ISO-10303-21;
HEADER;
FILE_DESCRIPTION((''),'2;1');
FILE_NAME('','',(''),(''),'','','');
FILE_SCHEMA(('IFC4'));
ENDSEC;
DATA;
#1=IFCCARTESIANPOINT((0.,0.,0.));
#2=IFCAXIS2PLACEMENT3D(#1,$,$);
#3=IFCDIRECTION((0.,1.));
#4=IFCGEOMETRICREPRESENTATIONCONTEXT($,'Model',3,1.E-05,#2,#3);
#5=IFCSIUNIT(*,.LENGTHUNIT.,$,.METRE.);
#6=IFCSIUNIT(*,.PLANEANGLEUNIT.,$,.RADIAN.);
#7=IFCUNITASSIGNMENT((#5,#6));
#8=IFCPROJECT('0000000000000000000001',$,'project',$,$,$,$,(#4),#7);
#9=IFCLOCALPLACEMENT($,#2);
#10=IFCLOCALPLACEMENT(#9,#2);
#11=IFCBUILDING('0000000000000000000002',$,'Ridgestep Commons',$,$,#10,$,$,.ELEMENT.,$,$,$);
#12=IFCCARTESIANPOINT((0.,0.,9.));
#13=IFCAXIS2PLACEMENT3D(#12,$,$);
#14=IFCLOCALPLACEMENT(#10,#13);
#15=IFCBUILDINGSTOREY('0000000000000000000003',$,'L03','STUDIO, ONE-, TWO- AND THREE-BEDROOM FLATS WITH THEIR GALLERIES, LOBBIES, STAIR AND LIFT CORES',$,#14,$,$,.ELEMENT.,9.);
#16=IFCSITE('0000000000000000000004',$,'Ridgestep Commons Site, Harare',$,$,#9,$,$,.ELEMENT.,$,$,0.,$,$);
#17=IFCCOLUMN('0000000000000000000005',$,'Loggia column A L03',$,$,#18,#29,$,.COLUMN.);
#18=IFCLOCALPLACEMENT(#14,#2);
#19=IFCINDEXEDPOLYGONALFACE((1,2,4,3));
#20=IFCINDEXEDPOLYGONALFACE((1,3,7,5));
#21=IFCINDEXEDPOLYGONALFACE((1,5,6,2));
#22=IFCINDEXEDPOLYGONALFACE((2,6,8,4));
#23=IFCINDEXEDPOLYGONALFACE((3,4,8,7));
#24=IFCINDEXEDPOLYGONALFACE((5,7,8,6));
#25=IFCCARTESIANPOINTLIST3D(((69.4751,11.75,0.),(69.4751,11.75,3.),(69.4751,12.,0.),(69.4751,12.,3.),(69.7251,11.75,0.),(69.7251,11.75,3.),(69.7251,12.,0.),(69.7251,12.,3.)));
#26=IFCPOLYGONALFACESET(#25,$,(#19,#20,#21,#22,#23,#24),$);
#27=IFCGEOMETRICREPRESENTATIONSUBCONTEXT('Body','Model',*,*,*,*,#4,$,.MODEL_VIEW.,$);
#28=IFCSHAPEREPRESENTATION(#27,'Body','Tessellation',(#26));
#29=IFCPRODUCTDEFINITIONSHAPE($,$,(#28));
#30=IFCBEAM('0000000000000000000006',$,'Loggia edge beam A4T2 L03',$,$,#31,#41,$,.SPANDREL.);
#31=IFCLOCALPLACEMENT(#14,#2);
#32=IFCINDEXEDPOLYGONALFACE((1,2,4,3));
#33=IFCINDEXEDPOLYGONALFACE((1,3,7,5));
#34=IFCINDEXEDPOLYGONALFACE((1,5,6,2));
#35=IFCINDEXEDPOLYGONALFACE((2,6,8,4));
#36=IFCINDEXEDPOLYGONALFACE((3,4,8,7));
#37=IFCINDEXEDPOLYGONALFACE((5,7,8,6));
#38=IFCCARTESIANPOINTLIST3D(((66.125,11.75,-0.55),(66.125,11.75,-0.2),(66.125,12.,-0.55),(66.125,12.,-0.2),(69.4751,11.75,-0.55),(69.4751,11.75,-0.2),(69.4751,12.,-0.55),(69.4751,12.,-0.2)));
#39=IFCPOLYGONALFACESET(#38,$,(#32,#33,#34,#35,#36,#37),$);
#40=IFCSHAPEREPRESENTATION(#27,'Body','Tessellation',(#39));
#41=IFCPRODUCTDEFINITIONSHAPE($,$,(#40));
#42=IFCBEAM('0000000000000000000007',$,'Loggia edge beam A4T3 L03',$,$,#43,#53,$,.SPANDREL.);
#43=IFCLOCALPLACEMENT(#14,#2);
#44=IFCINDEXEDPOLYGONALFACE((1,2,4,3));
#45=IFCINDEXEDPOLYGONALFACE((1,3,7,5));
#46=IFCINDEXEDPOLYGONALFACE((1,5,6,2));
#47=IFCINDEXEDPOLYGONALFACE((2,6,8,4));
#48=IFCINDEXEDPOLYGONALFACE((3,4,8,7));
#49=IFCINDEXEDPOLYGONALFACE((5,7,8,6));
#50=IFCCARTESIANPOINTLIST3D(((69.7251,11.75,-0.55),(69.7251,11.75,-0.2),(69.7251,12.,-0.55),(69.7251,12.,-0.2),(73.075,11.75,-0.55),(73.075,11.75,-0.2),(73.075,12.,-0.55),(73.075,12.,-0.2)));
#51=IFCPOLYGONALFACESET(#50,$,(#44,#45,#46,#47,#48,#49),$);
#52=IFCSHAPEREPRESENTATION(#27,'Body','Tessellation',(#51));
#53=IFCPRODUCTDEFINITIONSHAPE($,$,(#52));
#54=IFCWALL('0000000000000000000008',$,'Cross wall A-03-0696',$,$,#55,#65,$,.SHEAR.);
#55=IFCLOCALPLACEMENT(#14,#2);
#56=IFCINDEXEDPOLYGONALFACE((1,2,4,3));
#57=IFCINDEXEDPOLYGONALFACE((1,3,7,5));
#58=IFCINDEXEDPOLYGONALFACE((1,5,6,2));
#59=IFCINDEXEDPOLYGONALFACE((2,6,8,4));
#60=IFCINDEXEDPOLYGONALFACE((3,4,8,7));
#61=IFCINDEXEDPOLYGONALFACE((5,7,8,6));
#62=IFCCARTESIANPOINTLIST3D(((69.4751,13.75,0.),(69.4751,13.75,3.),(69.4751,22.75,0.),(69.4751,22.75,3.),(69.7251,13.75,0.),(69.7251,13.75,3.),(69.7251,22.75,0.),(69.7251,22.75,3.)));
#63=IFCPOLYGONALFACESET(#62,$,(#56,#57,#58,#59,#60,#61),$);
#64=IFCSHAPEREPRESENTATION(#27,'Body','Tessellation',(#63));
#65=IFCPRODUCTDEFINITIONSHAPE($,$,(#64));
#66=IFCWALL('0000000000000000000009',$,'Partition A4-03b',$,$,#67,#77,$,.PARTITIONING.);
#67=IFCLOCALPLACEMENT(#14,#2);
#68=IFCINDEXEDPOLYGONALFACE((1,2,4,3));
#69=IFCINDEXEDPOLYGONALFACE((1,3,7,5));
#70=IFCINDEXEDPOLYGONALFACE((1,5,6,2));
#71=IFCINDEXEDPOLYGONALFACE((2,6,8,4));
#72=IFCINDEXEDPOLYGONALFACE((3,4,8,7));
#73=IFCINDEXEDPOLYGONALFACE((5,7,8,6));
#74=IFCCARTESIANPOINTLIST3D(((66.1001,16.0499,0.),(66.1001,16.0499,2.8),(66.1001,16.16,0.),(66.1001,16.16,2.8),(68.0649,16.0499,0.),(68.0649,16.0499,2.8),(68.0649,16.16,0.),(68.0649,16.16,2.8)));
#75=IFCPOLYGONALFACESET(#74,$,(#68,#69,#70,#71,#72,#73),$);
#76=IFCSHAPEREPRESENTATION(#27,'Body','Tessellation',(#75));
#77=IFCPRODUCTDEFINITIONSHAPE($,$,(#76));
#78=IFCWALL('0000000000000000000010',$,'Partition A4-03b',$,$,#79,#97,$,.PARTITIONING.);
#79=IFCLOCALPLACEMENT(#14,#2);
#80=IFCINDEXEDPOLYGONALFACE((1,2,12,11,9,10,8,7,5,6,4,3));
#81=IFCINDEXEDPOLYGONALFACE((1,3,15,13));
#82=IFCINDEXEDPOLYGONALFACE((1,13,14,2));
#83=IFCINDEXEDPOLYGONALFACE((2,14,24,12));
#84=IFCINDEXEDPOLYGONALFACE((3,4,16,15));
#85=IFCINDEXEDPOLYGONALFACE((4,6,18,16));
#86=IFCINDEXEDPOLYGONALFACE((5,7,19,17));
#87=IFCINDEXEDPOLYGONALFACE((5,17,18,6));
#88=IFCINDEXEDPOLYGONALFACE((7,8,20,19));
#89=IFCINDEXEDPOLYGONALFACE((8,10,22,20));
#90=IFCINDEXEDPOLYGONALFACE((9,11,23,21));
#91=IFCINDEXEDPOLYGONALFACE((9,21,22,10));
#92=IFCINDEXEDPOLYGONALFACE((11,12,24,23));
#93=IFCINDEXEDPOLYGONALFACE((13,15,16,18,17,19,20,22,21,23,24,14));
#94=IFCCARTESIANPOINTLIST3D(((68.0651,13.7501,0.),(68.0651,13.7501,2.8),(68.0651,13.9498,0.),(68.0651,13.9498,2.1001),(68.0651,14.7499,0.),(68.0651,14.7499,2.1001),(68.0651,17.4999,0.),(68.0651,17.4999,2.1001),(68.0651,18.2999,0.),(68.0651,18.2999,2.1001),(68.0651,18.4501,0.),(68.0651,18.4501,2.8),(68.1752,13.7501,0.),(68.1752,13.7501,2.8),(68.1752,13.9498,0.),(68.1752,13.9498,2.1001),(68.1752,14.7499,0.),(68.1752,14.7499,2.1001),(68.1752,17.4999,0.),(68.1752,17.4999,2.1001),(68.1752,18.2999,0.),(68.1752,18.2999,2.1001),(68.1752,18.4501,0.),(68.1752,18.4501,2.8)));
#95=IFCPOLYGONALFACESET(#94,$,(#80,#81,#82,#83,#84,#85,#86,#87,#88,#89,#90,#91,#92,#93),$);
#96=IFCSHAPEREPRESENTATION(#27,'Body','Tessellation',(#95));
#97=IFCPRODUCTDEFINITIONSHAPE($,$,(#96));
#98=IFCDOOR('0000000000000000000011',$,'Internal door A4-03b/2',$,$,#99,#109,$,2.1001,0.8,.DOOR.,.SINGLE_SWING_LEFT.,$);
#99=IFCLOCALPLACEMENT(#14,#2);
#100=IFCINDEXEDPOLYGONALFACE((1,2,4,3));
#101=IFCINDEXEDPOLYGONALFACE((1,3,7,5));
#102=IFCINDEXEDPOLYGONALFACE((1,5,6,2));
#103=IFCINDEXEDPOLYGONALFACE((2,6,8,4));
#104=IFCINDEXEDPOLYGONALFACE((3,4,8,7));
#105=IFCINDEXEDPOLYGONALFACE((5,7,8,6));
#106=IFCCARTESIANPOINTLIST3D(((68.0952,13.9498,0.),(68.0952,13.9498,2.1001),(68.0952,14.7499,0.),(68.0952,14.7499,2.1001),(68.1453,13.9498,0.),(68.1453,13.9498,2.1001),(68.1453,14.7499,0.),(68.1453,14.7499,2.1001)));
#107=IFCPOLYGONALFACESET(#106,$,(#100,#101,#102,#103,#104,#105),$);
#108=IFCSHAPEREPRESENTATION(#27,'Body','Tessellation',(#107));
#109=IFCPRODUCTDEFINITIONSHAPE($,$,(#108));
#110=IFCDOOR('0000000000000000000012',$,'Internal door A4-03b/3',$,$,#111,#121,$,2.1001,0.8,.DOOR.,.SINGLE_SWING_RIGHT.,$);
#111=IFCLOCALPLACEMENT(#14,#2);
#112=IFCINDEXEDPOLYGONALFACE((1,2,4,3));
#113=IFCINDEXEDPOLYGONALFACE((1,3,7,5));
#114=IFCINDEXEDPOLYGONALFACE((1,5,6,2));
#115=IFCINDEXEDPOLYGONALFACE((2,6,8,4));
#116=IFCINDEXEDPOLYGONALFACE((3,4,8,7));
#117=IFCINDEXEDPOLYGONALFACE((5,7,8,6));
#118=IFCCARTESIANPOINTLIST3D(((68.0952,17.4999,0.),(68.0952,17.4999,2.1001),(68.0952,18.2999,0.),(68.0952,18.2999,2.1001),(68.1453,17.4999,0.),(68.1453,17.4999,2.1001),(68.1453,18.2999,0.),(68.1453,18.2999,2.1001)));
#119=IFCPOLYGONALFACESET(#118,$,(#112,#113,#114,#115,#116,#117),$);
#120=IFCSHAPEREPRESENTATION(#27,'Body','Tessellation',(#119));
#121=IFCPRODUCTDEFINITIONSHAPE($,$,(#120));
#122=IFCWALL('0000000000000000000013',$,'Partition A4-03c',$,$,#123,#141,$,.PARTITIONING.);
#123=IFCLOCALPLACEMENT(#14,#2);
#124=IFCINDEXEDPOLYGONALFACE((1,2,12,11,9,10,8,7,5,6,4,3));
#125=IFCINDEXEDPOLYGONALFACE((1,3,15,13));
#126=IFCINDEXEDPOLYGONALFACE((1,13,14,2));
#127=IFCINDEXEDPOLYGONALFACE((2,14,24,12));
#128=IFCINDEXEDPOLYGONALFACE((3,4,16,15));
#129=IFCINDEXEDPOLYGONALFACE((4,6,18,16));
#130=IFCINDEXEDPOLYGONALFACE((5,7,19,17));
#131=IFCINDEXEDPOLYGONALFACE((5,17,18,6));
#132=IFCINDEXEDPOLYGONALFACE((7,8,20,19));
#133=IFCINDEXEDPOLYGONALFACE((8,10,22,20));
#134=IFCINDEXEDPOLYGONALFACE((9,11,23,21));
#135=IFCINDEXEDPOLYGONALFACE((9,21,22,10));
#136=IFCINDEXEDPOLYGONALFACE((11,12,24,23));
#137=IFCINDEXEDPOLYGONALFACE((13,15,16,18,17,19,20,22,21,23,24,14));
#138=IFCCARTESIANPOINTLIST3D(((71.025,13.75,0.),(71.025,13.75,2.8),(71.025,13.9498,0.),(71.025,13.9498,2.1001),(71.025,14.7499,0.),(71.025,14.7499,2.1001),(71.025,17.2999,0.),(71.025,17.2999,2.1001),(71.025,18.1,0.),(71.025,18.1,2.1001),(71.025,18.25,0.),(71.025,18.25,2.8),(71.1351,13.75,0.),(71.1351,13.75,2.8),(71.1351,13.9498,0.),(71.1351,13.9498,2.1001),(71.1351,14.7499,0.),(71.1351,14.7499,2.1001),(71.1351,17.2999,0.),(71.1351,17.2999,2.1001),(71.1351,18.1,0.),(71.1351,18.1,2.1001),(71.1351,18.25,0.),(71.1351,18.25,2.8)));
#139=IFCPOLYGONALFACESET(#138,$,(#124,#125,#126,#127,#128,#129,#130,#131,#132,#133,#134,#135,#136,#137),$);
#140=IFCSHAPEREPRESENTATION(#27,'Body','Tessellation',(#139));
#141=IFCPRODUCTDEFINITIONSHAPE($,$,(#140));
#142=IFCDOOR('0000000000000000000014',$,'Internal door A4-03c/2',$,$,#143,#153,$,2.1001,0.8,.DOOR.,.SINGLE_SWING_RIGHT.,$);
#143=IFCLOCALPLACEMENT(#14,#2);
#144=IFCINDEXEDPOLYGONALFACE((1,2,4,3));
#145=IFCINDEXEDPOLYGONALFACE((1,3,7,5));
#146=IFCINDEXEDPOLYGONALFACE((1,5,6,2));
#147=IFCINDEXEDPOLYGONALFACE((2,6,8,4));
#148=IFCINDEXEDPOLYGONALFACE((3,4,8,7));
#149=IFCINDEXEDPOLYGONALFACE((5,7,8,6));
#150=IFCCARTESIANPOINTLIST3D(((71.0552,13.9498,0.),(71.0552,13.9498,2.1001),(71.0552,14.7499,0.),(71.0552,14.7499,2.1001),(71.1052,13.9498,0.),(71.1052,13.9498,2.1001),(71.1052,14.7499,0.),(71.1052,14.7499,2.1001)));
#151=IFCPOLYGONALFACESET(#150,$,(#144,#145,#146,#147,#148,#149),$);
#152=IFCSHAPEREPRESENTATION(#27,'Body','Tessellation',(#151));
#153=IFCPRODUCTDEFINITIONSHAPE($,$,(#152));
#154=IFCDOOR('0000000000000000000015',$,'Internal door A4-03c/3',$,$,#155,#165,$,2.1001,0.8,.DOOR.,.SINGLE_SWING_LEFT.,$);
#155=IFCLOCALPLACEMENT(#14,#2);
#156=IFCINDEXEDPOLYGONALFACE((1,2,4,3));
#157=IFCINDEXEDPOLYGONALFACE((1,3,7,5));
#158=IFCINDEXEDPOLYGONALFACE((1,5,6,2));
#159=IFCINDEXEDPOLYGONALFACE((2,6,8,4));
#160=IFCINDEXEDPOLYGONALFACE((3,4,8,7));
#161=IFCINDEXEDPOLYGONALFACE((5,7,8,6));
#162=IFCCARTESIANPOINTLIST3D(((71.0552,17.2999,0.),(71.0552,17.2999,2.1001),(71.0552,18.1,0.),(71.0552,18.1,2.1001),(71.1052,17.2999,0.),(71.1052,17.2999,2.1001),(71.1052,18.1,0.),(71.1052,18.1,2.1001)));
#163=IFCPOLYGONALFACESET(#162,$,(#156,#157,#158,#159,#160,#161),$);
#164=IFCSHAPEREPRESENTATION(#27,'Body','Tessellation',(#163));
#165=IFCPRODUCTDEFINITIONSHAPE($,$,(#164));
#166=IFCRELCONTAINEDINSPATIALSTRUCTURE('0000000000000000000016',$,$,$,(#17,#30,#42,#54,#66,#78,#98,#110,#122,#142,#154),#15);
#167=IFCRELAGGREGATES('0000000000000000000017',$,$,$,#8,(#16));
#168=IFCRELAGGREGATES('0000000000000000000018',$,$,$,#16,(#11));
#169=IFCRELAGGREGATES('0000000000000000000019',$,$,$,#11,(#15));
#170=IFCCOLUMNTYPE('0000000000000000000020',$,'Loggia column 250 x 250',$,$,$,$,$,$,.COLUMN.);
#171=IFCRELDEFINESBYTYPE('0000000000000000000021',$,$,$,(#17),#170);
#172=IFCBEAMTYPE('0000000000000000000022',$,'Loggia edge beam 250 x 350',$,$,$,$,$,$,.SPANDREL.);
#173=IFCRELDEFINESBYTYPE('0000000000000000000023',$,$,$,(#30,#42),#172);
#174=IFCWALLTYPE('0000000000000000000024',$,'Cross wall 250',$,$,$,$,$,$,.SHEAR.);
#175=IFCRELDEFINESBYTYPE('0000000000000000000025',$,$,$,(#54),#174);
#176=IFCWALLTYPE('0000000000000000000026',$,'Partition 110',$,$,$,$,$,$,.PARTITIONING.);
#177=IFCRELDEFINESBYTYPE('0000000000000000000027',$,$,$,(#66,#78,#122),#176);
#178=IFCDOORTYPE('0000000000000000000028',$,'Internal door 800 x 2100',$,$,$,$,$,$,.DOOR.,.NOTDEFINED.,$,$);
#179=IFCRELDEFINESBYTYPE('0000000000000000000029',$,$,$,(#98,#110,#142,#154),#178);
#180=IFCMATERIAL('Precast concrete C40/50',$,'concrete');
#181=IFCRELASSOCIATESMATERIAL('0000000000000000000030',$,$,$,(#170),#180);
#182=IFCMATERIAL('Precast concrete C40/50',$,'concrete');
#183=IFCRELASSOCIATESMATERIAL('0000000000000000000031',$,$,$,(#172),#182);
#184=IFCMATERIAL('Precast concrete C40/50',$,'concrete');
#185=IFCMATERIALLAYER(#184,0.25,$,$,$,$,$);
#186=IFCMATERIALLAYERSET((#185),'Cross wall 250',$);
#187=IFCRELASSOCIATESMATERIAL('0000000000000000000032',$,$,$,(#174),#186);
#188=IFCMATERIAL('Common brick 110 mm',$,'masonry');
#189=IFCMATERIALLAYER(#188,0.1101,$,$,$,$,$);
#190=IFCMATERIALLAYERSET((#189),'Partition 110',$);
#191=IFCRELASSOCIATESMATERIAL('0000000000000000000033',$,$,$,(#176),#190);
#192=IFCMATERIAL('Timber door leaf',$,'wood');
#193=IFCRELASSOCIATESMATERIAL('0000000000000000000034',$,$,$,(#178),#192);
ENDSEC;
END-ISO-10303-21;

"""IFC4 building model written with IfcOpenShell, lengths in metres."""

from ifc_helpers import new_model, si_unit, direction, frame, frame_2d, origin, origin_2d, place, context, subcontext, project, spatial, rectangle, extrude, material, layer, layer_set, material_profile, profile_set, type_object, element, fill, save


model = new_model("IFC4")

# Units and contexts
model_context = context("Model", 3, precision=1e-05, world=origin(), true_north=direction((0.0, 1.0)))
body_context = subcontext(model_context, "Body", "Model", "MODEL_VIEW")
ifc_project = project(units=[si_unit("LENGTHUNIT", "METRE"), si_unit("PLANEANGLEUNIT", "RADIAN")], contexts=[model_context])

# Site, building, storey
site_placement = place(None, origin())
site = spatial("IfcSite", under=ifc_project, at=site_placement, Name="Ridgestep Commons Site, Harare", CompositionType="ELEMENT", RefElevation=0.0)
building_placement = place(site_placement, origin())
building = spatial("IfcBuilding", under=site, at=building_placement, Name="Ridgestep Commons", CompositionType="ELEMENT")
storey_placement = place(building_placement, frame((0.0, 0.0, 9.0)))
storey = spatial("IfcBuildingStorey", under=building, at=storey_placement, Name="L03", Description="STUDIO, ONE-, TWO- AND THREE-BEDROOM FLATS WITH THEIR GALLERIES, LOBBIES, STAIR AND LIFT CORES", CompositionType="ELEMENT", Elevation=9.0)

# Column
ifc_material_1 = material(Name="Precast concrete C40/50", Category="concrete")
ifc_material_profile_1 = material_profile(ifc_material_1, rectangle(XDim=0.25, YDim=0.25, at=origin_2d()), Name="PC 250x250")
ifc_profile_set_1 = profile_set([ifc_material_profile_1], Name="Precast concrete C40/50")
column_type = type_object("IfcColumnType", Name="Loggia column 250 x 250", PredefinedType="COLUMN", material=ifc_profile_set_1)
column_placement = place(storey_placement, frame((69.6001, 11.875, 0.0), z_axis=(0.0, 0.0, 1.0), x_axis=(1.0, 0.0, 0.0)))
element("IfcColumn", 1, at=column_placement, inside=storey, type_object=column_type, Name="Loggia column A L03", PredefinedType="COLUMN", context=body_context, shape_type="SweptSolid", body=[
    extrude(rectangle(XDim=0.25, YDim=0.25, at=origin_2d()), origin(), (0.0, 0.0, 1.0), 3.0),
])

# Beams
ifc_material_2 = material(Name="Precast concrete C40/50", Category="concrete")
ifc_material_profile_2 = material_profile(ifc_material_2, rectangle(XDim=0.25, YDim=0.3501, at=origin_2d()), Name="PC 250x350")
ifc_profile_set_2 = profile_set([ifc_material_profile_2], Name="Precast concrete C40/50")
beam_type = type_object("IfcBeamType", Name="Loggia edge beam 250 x 350", PredefinedType="SPANDREL", material=ifc_profile_set_2)
beam_1_placement = place(storey_placement, frame((66.125, 11.875, -0.375), z_axis=(1.0, 0.0, 0.0), x_axis=(0.0, 1.0, 0.0)))
element("IfcBeam", 2, at=beam_1_placement, inside=storey, type_object=beam_type, Name="Loggia edge beam A4T2 L03", PredefinedType="SPANDREL", context=body_context, shape_type="SweptSolid", body=[
    extrude(rectangle(XDim=0.25, YDim=0.3501, at=origin_2d()), origin(), (0.0, 0.0, 1.0), 3.3501),
])
beam_2_placement = place(storey_placement, frame((69.7251, 11.875, -0.375), z_axis=(1.0, 0.0, 0.0), x_axis=(0.0, 1.0, 0.0)))
element("IfcBeam", 3, at=beam_2_placement, inside=storey, type_object=beam_type, Name="Loggia edge beam A4T3 L03", PredefinedType="SPANDREL", context=body_context, shape_type="SweptSolid", body=[
    extrude(rectangle(XDim=0.25, YDim=0.3501, at=origin_2d()), origin(), (0.0, 0.0, 1.0), 3.3499),
])

# Walls
ifc_material_3 = material(Name="Precast concrete C40/50", Category="concrete")
ifc_layer_1 = layer(ifc_material_3, 0.25)
ifc_layer_set_1 = layer_set([ifc_layer_1], Name="Cross wall 250")
wall_type_1 = type_object("IfcWallType", Name="Cross wall 250", PredefinedType="SHEAR", material=ifc_layer_set_1)
wall_1_placement = place(storey_placement, frame((69.6001, 13.75, 0.0), z_axis=(0.0, 0.0, 1.0), x_axis=(0.0, 1.0, 0.0)))
element("IfcWall", 4, at=wall_1_placement, inside=storey, type_object=wall_type_1, Name="Cross wall A-03-0696", PredefinedType="SHEAR", context=body_context, shape_type="SweptSolid", body=[
    extrude(rectangle(XDim=9.0, YDim=0.25, at=frame_2d((4.5, 0.0))), origin(), (0.0, 0.0, 1.0), 3.0),
])
ifc_material_4 = material(Name="Common brick 110 mm", Category="masonry")
ifc_layer_2 = layer(ifc_material_4, 0.1101)
ifc_layer_set_2 = layer_set([ifc_layer_2], Name="Partition 110")
wall_type_2 = type_object("IfcWallType", Name="Partition 110", PredefinedType="PARTITIONING", material=ifc_layer_set_2)
wall_2_placement = place(storey_placement, frame((66.1001, 16.105, 0.0), z_axis=(0.0, 0.0, 1.0), x_axis=(1.0, 0.0, 0.0)))
element("IfcWall", 5, at=wall_2_placement, inside=storey, type_object=wall_type_2, Name="Partition A4-03b", PredefinedType="PARTITIONING", context=body_context, shape_type="SweptSolid", body=[
    extrude(rectangle(XDim=1.9648, YDim=0.1101, at=frame_2d((0.9824, 0.0))), origin(), (0.0, 0.0, 1.0), 2.8),
])

# Walls, openings, doors
wall_3_placement = place(storey_placement, frame((68.1201, 13.75, 0.0), z_axis=(0.0, 0.0, 1.0), x_axis=(0.0, 1.0, 0.0)))
wall_3 = element("IfcWall", 6, at=wall_3_placement, inside=storey, type_object=wall_type_2, Name="Partition A4-03b", PredefinedType="PARTITIONING", context=body_context, shape_type="SweptSolid", body=[
    extrude(rectangle(XDim=4.7, YDim=0.1101, at=frame_2d((2.3501, 0.0))), origin(), (0.0, 0.0, 1.0), 2.8),
])
opening_1_placement = place(wall_3_placement, frame((0.2, 0.0, 0.0)))
opening_1 = element("IfcOpeningElement", 7, at=opening_1_placement, cuts=wall_3, PredefinedType="OPENING", context=body_context, shape_type="SweptSolid", body=[
    extrude(rectangle(XDim=0.8, YDim=2.1001, at=frame_2d((0.3999, 1.05))), frame((0.0, 0.0649, 0.0), z_axis=(0.0, -1.0, 0.0), x_axis=(1.0, 0.0, 0.0)), (0.0, 0.0, 1.0), 0.1301),
])
opening_2_placement = place(wall_3_placement, frame((3.75, 0.0, 0.0)))
opening_2 = element("IfcOpeningElement", 8, at=opening_2_placement, cuts=wall_3, PredefinedType="OPENING", context=body_context, shape_type="SweptSolid", body=[
    extrude(rectangle(XDim=0.8, YDim=2.1001, at=frame_2d((0.3999, 1.05))), frame((0.0, 0.0649, 0.0), z_axis=(0.0, -1.0, 0.0), x_axis=(1.0, 0.0, 0.0)), (0.0, 0.0, 1.0), 0.1301),
])
ifc_material_5 = material(Name="Timber door leaf", Category="wood")
door_type_1 = type_object("IfcDoorType", Name="Internal door 800 x 2100", OperationType="NOTDEFINED", PredefinedType="DOOR", material=ifc_material_5)
door_1_placement = place(opening_1_placement, origin())
door_1 = element("IfcDoor", 9, at=door_1_placement, inside=storey, type_object=door_type_1, Name="Internal door A4-03b/2", OperationType="SINGLE_SWING_LEFT", OverallHeight=2.1001, OverallWidth=0.8, PredefinedType="DOOR", context=body_context, shape_type="SweptSolid", body=[
    extrude(rectangle(XDim=0.8, YDim=2.1001, at=frame_2d((0.3999, 1.05))), frame((0.0, 0.0249, 0.0), z_axis=(0.0, -1.0, 0.0), x_axis=(1.0, 0.0, 0.0)), (0.0, 0.0, 1.0), 0.05),
])
fill(opening_1, door_1)
door_2_placement = place(opening_2_placement, origin())
door_2 = element("IfcDoor", 10, at=door_2_placement, inside=storey, type_object=door_type_1, Name="Internal door A4-03b/3", OperationType="SINGLE_SWING_RIGHT", OverallHeight=2.1001, OverallWidth=0.8, PredefinedType="DOOR", context=body_context, shape_type="SweptSolid", body=[
    extrude(rectangle(XDim=0.8, YDim=2.1001, at=frame_2d((0.3999, 1.05))), frame((0.0, 0.0249, 0.0), z_axis=(0.0, -1.0, 0.0), x_axis=(1.0, 0.0, 0.0)), (0.0, 0.0, 1.0), 0.05),
])
fill(opening_2, door_2)
wall_4_placement = place(storey_placement, frame((71.0801, 13.75, 0.0), z_axis=(0.0, 0.0, 1.0), x_axis=(0.0, 1.0, 0.0)))
wall_4 = element("IfcWall", 11, at=wall_4_placement, inside=storey, type_object=wall_type_2, Name="Partition A4-03c", PredefinedType="PARTITIONING", context=body_context, shape_type="SweptSolid", body=[
    extrude(rectangle(XDim=4.5, YDim=0.1101, at=frame_2d((2.25, 0.0))), origin(), (0.0, 0.0, 1.0), 2.8),
])
opening_3_placement = place(wall_4_placement, frame((0.2, 0.0, 0.0)))
opening_3 = element("IfcOpeningElement", 12, at=opening_3_placement, cuts=wall_4, PredefinedType="OPENING", context=body_context, shape_type="SweptSolid", body=[
    extrude(rectangle(XDim=0.8, YDim=2.1001, at=frame_2d((0.3999, 1.05))), frame((0.0, 0.0649, 0.0), z_axis=(0.0, -1.0, 0.0), x_axis=(1.0, 0.0, 0.0)), (0.0, 0.0, 1.0), 0.1301),
])
opening_4_placement = place(wall_4_placement, frame((3.55, 0.0, 0.0)))
opening_4 = element("IfcOpeningElement", 13, at=opening_4_placement, cuts=wall_4, PredefinedType="OPENING", context=body_context, shape_type="SweptSolid", body=[
    extrude(rectangle(XDim=0.8, YDim=2.1001, at=frame_2d((0.3999, 1.05))), frame((0.0, 0.0649, 0.0), z_axis=(0.0, -1.0, 0.0), x_axis=(1.0, 0.0, 0.0)), (0.0, 0.0, 1.0), 0.1301),
])
door_3_placement = place(opening_3_placement, origin())
door_3 = element("IfcDoor", 14, at=door_3_placement, inside=storey, type_object=door_type_1, Name="Internal door A4-03c/2", OperationType="SINGLE_SWING_RIGHT", OverallHeight=2.1001, OverallWidth=0.8, PredefinedType="DOOR", context=body_context, shape_type="SweptSolid", body=[
    extrude(rectangle(XDim=0.8, YDim=2.1001, at=frame_2d((0.3999, 1.05))), frame((0.0, 0.0249, 0.0), z_axis=(0.0, -1.0, 0.0), x_axis=(1.0, 0.0, 0.0)), (0.0, 0.0, 1.0), 0.05),
])
fill(opening_3, door_3)
door_4_placement = place(opening_4_placement, origin())
door_4 = element("IfcDoor", 15, at=door_4_placement, inside=storey, type_object=door_type_1, Name="Internal door A4-03c/3", OperationType="SINGLE_SWING_LEFT", OverallHeight=2.1001, OverallWidth=0.8, PredefinedType="DOOR", context=body_context, shape_type="SweptSolid", body=[
    extrude(rectangle(XDim=0.8, YDim=2.1001, at=frame_2d((0.3999, 1.05))), frame((0.0, 0.0249, 0.0), z_axis=(0.0, -1.0, 0.0), x_axis=(1.0, 0.0, 0.0)), (0.0, 0.0, 1.0), 0.05),
])
fill(opening_4, door_4)

save(model, "model.ifc")
